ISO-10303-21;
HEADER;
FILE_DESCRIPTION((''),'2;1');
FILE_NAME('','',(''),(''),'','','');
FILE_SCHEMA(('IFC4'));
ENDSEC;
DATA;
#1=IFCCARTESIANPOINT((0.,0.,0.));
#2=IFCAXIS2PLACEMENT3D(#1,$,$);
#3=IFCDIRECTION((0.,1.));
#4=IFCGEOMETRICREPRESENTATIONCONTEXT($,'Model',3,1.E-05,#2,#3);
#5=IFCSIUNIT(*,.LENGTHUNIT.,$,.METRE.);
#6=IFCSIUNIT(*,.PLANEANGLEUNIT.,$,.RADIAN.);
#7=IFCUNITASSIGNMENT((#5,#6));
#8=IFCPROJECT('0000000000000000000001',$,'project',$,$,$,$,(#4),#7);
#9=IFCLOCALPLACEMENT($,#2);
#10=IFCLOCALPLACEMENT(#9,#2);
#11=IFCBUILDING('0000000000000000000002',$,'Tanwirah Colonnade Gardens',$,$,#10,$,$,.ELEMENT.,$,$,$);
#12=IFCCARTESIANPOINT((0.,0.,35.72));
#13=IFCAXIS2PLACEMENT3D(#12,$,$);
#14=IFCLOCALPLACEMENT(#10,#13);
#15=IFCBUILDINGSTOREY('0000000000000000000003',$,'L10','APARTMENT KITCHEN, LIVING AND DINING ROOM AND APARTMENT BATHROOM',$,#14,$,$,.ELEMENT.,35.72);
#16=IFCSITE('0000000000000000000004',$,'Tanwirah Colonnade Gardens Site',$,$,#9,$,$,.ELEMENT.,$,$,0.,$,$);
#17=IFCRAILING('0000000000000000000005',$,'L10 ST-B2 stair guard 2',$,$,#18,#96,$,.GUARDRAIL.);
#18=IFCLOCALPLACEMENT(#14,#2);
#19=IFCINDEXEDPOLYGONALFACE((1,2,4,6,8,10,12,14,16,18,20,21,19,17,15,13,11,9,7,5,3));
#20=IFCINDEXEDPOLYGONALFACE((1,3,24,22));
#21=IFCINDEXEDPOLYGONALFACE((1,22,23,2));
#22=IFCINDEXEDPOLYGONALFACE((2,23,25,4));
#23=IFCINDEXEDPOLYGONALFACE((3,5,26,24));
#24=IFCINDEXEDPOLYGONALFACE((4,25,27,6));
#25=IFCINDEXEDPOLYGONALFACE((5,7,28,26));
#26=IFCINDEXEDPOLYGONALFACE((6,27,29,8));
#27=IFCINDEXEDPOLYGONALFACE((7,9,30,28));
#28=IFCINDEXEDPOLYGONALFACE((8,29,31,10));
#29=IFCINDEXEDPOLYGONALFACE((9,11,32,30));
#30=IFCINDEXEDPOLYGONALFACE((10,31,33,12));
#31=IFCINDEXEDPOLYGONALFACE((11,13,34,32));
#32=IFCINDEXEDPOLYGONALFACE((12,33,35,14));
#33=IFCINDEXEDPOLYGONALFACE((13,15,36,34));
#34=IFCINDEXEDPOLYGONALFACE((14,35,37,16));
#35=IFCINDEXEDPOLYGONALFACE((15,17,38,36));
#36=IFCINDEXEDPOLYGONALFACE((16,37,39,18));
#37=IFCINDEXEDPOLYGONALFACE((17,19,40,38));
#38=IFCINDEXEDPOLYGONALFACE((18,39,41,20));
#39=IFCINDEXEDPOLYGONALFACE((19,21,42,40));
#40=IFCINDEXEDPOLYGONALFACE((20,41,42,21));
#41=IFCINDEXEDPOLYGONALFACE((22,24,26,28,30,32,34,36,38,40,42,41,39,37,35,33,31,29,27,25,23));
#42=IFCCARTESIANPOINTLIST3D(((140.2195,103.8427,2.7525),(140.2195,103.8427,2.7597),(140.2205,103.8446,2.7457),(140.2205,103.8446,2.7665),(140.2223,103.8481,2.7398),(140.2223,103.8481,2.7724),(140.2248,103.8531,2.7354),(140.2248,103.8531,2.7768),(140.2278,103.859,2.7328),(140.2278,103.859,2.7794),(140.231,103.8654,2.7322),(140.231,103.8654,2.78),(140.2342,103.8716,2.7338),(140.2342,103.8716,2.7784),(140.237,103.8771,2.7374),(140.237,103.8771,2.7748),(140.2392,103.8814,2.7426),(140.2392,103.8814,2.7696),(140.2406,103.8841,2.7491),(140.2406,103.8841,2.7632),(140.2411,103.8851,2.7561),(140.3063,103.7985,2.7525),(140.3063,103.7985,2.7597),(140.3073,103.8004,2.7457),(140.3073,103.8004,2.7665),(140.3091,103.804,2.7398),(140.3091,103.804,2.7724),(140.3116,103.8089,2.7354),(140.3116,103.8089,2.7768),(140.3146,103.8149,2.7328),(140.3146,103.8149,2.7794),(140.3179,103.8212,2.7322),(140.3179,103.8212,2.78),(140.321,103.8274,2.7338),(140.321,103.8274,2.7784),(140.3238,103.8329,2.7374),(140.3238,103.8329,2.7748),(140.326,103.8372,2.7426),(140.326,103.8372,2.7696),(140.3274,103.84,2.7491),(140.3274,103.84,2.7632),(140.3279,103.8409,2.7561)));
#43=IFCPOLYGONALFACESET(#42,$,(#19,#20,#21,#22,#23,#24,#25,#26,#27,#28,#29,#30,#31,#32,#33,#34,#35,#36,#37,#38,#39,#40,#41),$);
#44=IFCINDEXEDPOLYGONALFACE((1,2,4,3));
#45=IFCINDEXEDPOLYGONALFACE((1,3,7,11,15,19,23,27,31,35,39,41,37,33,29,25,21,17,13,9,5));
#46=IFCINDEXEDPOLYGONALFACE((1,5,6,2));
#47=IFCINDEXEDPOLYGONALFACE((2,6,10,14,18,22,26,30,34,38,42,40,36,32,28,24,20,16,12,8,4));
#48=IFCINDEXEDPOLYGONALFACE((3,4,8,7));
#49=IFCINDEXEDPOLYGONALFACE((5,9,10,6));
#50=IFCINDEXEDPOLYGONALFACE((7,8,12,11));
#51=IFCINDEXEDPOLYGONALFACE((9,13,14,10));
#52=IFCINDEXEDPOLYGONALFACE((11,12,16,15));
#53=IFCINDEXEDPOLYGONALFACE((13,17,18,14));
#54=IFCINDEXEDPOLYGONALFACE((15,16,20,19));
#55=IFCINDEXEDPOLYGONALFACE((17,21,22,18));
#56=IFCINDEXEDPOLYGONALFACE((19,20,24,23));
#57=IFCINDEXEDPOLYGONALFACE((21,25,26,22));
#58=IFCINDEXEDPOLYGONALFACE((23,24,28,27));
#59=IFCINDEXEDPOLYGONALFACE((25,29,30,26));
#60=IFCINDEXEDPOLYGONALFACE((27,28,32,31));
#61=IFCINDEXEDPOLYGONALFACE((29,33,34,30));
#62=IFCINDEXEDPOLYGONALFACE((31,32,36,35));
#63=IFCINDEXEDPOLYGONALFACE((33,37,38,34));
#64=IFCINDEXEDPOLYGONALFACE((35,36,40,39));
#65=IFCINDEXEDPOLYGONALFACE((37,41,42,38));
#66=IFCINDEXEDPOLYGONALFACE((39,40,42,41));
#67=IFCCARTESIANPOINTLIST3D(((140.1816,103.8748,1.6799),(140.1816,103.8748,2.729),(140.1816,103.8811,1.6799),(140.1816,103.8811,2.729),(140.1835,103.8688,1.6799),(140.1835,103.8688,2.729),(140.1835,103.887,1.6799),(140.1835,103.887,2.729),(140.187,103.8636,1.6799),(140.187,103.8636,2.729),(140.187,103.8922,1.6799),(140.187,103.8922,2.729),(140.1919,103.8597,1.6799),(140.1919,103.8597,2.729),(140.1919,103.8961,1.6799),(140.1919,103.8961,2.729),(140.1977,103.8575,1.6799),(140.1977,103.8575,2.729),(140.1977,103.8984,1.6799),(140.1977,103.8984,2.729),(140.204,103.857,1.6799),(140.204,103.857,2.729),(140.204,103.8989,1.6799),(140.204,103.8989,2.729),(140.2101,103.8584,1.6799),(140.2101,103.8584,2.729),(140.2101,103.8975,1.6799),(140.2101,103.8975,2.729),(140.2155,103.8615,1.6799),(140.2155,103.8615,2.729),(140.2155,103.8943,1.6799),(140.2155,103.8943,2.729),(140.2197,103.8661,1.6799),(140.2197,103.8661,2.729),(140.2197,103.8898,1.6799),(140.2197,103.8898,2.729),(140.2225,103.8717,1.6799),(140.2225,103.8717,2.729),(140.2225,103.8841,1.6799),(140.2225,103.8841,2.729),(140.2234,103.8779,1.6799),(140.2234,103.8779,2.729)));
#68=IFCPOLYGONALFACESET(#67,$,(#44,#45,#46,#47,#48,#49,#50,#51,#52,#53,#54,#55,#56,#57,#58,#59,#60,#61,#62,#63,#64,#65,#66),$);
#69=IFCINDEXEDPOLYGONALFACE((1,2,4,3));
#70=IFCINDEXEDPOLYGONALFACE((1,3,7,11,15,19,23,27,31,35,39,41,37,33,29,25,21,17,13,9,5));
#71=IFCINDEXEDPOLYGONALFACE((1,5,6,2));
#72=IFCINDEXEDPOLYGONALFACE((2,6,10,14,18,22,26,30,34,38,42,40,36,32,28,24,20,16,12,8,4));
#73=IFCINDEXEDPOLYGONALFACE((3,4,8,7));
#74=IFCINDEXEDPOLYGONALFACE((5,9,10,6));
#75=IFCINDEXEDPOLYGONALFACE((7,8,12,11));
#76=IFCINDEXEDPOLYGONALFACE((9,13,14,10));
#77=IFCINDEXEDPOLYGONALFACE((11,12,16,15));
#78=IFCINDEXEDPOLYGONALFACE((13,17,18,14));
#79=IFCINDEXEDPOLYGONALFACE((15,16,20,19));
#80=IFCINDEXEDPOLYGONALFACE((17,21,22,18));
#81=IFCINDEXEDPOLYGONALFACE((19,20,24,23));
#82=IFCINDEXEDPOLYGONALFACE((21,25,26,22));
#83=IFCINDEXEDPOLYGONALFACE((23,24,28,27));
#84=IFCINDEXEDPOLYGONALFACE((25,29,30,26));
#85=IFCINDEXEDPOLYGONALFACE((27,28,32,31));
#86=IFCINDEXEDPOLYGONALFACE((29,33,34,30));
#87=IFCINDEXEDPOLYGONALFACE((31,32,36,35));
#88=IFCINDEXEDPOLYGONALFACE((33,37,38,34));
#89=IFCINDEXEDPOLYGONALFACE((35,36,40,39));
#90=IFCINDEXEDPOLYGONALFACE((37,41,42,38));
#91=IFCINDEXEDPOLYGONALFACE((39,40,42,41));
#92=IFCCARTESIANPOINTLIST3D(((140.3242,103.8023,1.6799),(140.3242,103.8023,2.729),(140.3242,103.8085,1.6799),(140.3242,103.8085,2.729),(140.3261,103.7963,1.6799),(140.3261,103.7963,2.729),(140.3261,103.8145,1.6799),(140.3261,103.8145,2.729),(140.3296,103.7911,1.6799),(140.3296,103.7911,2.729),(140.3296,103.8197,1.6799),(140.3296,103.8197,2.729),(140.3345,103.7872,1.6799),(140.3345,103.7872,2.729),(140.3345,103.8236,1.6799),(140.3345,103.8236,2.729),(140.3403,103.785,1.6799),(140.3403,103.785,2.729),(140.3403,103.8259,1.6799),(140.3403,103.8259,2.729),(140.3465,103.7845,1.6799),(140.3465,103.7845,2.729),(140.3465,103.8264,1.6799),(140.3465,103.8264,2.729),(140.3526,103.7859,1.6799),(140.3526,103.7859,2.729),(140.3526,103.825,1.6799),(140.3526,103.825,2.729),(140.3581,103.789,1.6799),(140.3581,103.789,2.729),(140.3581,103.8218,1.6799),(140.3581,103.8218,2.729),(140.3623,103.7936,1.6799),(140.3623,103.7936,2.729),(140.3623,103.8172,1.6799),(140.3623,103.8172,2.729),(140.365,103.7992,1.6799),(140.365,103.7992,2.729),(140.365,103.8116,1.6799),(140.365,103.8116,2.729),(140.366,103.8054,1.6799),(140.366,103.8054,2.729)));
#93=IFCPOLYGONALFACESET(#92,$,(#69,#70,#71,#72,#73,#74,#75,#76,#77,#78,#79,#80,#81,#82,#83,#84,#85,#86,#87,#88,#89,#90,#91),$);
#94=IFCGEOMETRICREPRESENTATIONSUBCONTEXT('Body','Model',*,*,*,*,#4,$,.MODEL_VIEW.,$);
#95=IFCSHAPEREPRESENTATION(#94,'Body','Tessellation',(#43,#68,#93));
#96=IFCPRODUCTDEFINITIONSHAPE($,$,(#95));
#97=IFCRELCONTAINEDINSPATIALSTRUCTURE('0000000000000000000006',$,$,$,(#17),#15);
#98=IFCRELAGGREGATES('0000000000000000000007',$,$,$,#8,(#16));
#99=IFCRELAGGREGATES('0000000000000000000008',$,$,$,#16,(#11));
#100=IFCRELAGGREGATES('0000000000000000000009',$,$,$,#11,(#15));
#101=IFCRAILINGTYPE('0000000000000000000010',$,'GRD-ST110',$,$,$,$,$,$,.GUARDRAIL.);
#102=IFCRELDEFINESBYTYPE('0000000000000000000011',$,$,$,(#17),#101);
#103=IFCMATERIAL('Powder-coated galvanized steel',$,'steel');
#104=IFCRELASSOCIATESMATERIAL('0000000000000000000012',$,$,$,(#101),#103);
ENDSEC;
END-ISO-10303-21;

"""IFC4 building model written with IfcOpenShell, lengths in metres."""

from ifc_helpers import new_model, si_unit, direction, frame, origin, origin_2d, place, context, subcontext, project, spatial, circle, extrude, material, type_object, element, save


model = new_model("IFC4")

# Units and contexts
model_context = context("Model", 3, precision=1e-05, world=origin(), true_north=direction((0.0, 1.0)))
body_context = subcontext(model_context, "Body", "Model", "MODEL_VIEW")
ifc_project = project(units=[si_unit("LENGTHUNIT", "METRE"), si_unit("PLANEANGLEUNIT", "RADIAN")], contexts=[model_context])

# Site, building, storey
site_placement = place(None, origin())
site = spatial("IfcSite", under=ifc_project, at=site_placement, Name="Tanwirah Colonnade Gardens Site", CompositionType="ELEMENT", RefElevation=0.0)
building_placement = place(site_placement, origin())
building = spatial("IfcBuilding", under=site, at=building_placement, Name="Tanwirah Colonnade Gardens", CompositionType="ELEMENT")
storey_placement = place(building_placement, frame((0.0, 0.0, 35.72)))
storey = spatial("IfcBuildingStorey", under=building, at=storey_placement, Name="L10", Description="APARTMENT KITCHEN, LIVING AND DINING ROOM AND APARTMENT BATHROOM", CompositionType="ELEMENT", Elevation=35.72)

# Railing
ifc_material_1 = material(Name="Powder-coated galvanized steel", Category="steel")
railing_type_1 = type_object("IfcRailingType", Name="GRD-ST110", PredefinedType="GUARDRAIL", material=ifc_material_1)
railing_1_placement = place(storey_placement, frame((140.2024, 103.8779, 1.6799)))
element("IfcRailing", 1, at=railing_1_placement, inside=storey, type_object=railing_type_1, Name="L10 ST-B2 stair guard 2", PredefinedType="GUARDRAIL", context=body_context, shape_type="SweptSolid", body=[
    extrude(circle(Radius=0.0239, at=origin_2d()), frame((0.0278, -0.0142, 1.0762), z_axis=(0.891354, -0.453308, 0.0), x_axis=(0.453308, 0.891354, 0.0)), (0.0, 0.0, 1.0), 0.0974),
    extrude(circle(Radius=0.021, at=origin_2d()), origin(), (0.0, 0.0, 1.0), 1.0491),
    extrude(circle(Radius=0.021, at=origin_2d()), frame((0.1426, -0.0725, 0.0)), (0.0, 0.0, 1.0), 1.0491),
])

save(model, "model.ifc")
